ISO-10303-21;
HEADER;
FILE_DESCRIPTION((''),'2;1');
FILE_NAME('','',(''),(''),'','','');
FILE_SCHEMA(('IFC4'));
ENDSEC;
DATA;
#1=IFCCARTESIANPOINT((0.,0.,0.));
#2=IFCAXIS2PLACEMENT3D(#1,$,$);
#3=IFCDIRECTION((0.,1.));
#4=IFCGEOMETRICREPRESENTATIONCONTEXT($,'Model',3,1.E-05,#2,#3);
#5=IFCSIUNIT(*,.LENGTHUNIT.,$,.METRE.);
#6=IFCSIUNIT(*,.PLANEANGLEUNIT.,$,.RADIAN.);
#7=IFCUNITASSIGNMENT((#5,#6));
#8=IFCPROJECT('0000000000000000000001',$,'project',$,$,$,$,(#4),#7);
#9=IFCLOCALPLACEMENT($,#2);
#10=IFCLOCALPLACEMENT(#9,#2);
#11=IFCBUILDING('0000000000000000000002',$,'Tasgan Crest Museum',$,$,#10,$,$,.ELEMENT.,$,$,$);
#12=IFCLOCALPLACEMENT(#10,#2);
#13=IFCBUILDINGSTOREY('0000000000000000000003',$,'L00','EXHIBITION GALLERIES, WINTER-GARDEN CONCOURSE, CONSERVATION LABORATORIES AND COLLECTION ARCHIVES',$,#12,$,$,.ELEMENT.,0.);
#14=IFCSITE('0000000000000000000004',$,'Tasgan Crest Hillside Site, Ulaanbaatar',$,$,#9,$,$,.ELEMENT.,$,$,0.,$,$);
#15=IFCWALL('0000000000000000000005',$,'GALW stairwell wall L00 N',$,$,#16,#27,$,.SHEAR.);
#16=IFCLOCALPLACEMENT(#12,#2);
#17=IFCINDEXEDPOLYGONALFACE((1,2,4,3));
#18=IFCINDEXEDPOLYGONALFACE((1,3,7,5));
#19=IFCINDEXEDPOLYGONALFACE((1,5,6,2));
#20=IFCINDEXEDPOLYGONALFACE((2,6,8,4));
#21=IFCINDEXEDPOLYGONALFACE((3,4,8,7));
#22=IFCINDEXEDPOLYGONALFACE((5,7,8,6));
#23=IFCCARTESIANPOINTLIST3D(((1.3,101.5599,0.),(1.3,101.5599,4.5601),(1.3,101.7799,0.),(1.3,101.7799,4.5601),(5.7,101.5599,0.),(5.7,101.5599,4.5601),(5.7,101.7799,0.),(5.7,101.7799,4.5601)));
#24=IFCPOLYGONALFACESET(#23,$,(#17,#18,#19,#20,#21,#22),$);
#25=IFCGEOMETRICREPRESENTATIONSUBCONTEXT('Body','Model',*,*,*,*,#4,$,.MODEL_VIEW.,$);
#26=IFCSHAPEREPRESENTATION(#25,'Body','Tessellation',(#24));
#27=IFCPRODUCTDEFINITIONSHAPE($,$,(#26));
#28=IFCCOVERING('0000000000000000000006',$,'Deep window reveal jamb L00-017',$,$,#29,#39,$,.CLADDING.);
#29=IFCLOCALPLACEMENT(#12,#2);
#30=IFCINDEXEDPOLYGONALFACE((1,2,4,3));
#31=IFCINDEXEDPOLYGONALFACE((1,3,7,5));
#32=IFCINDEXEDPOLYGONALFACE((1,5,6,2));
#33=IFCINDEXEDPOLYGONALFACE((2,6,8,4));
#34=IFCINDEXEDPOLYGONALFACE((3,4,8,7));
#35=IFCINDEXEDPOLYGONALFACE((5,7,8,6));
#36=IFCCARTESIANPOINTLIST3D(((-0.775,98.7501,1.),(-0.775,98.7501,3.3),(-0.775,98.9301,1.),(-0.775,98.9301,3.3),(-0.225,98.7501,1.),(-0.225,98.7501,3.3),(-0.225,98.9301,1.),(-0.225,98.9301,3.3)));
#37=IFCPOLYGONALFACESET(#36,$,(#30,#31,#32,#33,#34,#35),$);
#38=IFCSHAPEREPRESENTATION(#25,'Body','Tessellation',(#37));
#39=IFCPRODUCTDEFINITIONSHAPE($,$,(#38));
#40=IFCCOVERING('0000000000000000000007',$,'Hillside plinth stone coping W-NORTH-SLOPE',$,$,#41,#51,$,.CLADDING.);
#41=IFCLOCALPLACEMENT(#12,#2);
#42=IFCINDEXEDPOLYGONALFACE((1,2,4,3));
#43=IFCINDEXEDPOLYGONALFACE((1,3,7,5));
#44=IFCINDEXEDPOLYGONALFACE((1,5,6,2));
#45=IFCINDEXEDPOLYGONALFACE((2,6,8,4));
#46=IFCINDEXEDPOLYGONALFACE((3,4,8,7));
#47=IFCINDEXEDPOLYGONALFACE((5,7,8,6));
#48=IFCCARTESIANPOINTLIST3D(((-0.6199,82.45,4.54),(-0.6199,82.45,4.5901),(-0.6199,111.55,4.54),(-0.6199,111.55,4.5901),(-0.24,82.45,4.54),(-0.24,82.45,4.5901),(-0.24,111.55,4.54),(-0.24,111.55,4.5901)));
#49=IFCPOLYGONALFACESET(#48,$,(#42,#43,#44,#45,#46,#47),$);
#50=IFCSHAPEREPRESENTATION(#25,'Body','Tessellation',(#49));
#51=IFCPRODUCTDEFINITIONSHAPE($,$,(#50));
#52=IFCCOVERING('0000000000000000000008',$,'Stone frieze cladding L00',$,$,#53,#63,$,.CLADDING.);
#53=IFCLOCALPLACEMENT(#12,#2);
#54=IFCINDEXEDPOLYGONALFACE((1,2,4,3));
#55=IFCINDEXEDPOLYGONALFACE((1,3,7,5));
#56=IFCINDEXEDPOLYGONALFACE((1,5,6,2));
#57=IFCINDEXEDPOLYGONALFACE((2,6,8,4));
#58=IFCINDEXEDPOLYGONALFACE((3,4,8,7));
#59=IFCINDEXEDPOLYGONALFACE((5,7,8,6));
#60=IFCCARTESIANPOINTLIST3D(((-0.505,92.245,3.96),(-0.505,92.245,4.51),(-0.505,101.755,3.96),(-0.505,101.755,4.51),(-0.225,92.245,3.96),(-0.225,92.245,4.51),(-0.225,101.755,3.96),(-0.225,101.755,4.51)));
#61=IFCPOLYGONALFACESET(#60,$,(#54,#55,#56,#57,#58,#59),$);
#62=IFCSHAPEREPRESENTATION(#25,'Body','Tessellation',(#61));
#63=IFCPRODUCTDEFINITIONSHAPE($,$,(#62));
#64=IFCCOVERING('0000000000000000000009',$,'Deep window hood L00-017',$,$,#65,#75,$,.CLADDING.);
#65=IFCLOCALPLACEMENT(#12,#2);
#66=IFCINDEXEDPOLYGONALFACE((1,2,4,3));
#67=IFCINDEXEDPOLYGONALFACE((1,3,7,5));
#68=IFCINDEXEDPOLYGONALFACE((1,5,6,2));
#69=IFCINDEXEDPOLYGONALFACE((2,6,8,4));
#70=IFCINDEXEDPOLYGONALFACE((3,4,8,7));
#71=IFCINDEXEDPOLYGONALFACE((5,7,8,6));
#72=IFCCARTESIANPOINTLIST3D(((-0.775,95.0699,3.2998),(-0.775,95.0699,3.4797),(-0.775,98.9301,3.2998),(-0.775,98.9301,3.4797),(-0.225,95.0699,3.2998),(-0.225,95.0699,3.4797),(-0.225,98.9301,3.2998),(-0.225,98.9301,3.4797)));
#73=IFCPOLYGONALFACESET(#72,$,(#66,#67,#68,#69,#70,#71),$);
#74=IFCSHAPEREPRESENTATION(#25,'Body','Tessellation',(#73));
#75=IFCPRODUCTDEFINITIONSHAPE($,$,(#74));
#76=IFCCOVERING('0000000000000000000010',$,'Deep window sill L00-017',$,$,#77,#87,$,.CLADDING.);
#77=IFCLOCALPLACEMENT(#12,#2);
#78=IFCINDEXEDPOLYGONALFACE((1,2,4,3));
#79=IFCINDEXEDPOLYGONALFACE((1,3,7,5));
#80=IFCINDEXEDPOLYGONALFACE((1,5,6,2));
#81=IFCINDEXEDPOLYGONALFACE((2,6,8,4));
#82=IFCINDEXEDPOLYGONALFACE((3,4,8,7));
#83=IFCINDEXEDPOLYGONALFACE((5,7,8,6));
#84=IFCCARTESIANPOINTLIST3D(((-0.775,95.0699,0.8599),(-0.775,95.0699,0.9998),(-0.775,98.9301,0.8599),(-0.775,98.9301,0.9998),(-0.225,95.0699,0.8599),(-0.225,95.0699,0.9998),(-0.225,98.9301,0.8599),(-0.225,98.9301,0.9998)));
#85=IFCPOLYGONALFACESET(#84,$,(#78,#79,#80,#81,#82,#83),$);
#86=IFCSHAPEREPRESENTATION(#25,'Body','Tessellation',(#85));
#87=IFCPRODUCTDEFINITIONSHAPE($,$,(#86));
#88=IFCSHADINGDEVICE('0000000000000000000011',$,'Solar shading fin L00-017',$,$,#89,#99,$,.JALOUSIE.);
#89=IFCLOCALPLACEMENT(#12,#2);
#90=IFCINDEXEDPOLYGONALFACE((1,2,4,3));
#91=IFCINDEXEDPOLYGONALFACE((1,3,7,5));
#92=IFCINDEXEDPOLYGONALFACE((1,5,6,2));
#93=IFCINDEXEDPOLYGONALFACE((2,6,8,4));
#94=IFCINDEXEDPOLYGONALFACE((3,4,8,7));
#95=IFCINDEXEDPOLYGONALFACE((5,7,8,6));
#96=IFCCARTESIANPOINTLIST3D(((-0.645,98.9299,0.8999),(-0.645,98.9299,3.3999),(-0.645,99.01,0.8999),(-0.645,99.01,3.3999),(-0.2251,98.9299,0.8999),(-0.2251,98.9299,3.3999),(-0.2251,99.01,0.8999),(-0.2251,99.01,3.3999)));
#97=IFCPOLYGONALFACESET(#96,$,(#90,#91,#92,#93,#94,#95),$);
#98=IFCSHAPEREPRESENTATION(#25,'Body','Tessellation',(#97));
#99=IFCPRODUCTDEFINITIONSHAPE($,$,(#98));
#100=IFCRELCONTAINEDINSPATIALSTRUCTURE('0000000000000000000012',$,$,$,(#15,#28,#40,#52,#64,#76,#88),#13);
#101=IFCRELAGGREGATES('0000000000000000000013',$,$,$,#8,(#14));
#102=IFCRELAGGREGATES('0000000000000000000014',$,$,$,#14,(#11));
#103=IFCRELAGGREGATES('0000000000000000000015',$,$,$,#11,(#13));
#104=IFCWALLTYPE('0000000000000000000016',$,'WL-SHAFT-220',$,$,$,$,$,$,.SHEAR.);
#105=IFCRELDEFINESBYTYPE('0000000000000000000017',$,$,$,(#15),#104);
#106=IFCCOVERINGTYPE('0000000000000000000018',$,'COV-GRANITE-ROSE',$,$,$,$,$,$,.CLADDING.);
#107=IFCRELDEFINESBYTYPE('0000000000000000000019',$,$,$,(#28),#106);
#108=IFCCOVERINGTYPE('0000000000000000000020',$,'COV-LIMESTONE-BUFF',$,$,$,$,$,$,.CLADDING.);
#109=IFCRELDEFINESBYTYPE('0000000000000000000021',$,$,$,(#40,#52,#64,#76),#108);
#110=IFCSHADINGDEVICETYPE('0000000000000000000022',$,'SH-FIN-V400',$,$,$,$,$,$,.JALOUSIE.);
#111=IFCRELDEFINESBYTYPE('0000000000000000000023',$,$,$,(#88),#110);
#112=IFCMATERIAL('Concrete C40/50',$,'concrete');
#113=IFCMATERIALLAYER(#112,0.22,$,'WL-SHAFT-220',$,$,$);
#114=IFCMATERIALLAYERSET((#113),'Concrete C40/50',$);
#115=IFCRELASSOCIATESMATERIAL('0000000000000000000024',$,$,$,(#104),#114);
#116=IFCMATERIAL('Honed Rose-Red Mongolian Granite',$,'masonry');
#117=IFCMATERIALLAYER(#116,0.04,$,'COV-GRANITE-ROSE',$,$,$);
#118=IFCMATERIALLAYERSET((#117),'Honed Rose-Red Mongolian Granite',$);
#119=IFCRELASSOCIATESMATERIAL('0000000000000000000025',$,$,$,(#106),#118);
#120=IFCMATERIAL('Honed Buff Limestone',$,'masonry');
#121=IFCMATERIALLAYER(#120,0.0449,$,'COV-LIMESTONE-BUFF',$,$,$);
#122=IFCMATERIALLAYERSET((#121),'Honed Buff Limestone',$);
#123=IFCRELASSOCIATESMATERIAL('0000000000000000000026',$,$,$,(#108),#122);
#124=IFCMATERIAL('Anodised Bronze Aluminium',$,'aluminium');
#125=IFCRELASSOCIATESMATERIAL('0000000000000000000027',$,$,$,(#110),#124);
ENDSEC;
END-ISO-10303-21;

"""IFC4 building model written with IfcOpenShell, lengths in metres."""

from ifc_helpers import new_model, si_unit, direction, frame, frame_2d, origin, origin_2d, place, context, subcontext, project, spatial, rectangle, extrude, material, layer, layer_set, type_object, element, save


model = new_model("IFC4")

# Units and contexts
model_context = context("Model", 3, precision=1e-05, world=origin(), true_north=direction((0.0, 1.0)))
body_context = subcontext(model_context, "Body", "Model", "MODEL_VIEW")
ifc_project = project(units=[si_unit("LENGTHUNIT", "METRE"), si_unit("PLANEANGLEUNIT", "RADIAN")], contexts=[model_context])

# Site, building, storey
site_placement = place(None, origin())
site = spatial("IfcSite", under=ifc_project, at=site_placement, Name="Tasgan Crest Hillside Site, Ulaanbaatar", CompositionType="ELEMENT", RefElevation=0.0)
building_placement = place(site_placement, origin())
building = spatial("IfcBuilding", under=site, at=building_placement, Name="Tasgan Crest Museum", CompositionType="ELEMENT")
storey_placement = place(building_placement, origin())
storey = spatial("IfcBuildingStorey", under=building, at=storey_placement, Name="L00", Description="EXHIBITION GALLERIES, WINTER-GARDEN CONCOURSE, CONSERVATION LABORATORIES AND COLLECTION ARCHIVES", CompositionType="ELEMENT", Elevation=0.0)

# Wall
ifc_material_1 = material(Name="Concrete C40/50", Category="concrete")
ifc_layer_1 = layer(ifc_material_1, 0.22, Name="WL-SHAFT-220")
ifc_layer_set_1 = layer_set([ifc_layer_1], Name="Concrete C40/50")
wall_type_1 = type_object("IfcWallType", Name="WL-SHAFT-220", PredefinedType="SHEAR", material=ifc_layer_set_1)
wall_1_placement = place(storey_placement, frame((1.3, 101.6699, 0.0), z_axis=(0.0, 0.0, 1.0), x_axis=(1.0, 0.0, 0.0)))
element("IfcWall", 1, at=wall_1_placement, inside=storey, type_object=wall_type_1, Name="GALW stairwell wall L00 N", PredefinedType="SHEAR", context=body_context, shape_type="SweptSolid", body=[
    extrude(rectangle(XDim=4.3999, YDim=0.22, at=frame_2d((2.2, 0.0))), origin(), (0.0, 0.0, 1.0), 4.5601),
])

# Coverings
ifc_material_2 = material(Name="Honed Rose-Red Mongolian Granite", Category="masonry")
ifc_layer_2 = layer(ifc_material_2, 0.04, Name="COV-GRANITE-ROSE")
ifc_layer_set_2 = layer_set([ifc_layer_2], Name="Honed Rose-Red Mongolian Granite")
covering_type_1 = type_object("IfcCoveringType", Name="COV-GRANITE-ROSE", PredefinedType="CLADDING", material=ifc_layer_set_2)
covering_1_placement = place(storey_placement, frame((-0.5, 98.8401, 1.0), z_axis=(0.0, 0.0, 1.0), x_axis=(0.0, -1.0, 0.0)))
element("IfcCovering", 2, at=covering_1_placement, inside=storey, type_object=covering_type_1, Name="Deep window reveal jamb L00-017", PredefinedType="CLADDING", context=body_context, shape_type="SweptSolid", body=[
    extrude(rectangle(XDim=0.1799, YDim=0.55, at=origin_2d()), origin(), (0.0, 0.0, 1.0), 2.3),
])
ifc_material_3 = material(Name="Honed Buff Limestone", Category="masonry")
ifc_layer_3 = layer(ifc_material_3, 0.0449, Name="COV-LIMESTONE-BUFF")
ifc_layer_set_3 = layer_set([ifc_layer_3], Name="Honed Buff Limestone")
covering_type_2 = type_object("IfcCoveringType", Name="COV-LIMESTONE-BUFF", PredefinedType="CLADDING", material=ifc_layer_set_3)
covering_2_placement = place(storey_placement, frame((-0.4299, 97.0, 4.54), z_axis=(0.0, 0.0, 1.0), x_axis=(0.0, 1.0, 0.0)))
element("IfcCovering", 3, at=covering_2_placement, inside=storey, type_object=covering_type_2, Name="Hillside plinth stone coping W-NORTH-SLOPE", PredefinedType="CLADDING", context=body_context, shape_type="SweptSolid", body=[
    extrude(rectangle(XDim=29.1001, YDim=0.3799, at=origin_2d()), origin(), (0.0, 0.0, 1.0), 0.05),
])
covering_3_placement = place(storey_placement, frame((-0.365, 97.0, 3.96), z_axis=(0.0, 0.0, 1.0), x_axis=(0.0, -1.0, 0.0)))
element("IfcCovering", 4, at=covering_3_placement, inside=storey, type_object=covering_type_2, Name="Stone frieze cladding L00", PredefinedType="CLADDING", context=body_context, shape_type="SweptSolid", body=[
    extrude(rectangle(XDim=9.51, YDim=0.28, at=origin_2d()), origin(), (0.0, 0.0, 1.0), 0.55),
])
covering_4_placement = place(storey_placement, frame((-0.5, 97.0, 3.2998), z_axis=(0.0, 0.0, 1.0), x_axis=(0.0, -1.0, 0.0)))
element("IfcCovering", 5, at=covering_4_placement, inside=storey, type_object=covering_type_2, Name="Deep window hood L00-017", PredefinedType="CLADDING", context=body_context, shape_type="SweptSolid", body=[
    extrude(rectangle(XDim=3.8601, YDim=0.55, at=origin_2d()), origin(), (0.0, 0.0, 1.0), 0.1799),
])
covering_5_placement = place(storey_placement, frame((-0.5, 97.0, 0.8599), z_axis=(0.0, 0.0, 1.0), x_axis=(0.0, -1.0, 0.0)))
element("IfcCovering", 6, at=covering_5_placement, inside=storey, type_object=covering_type_2, Name="Deep window sill L00-017", PredefinedType="CLADDING", context=body_context, shape_type="SweptSolid", body=[
    extrude(rectangle(XDim=3.8601, YDim=0.55, at=origin_2d()), origin(), (0.0, 0.0, 1.0), 0.1399),
])

# Shading device
ifc_material_4 = material(Name="Anodised Bronze Aluminium", Category="aluminium")
shading_device_type = type_object("IfcShadingDeviceType", Name="SH-FIN-V400", PredefinedType="JALOUSIE", material=ifc_material_4)
shading_device_placement = place(storey_placement, frame((-0.4351, 98.97, 0.8999), z_axis=(0.0, 0.0, 1.0), x_axis=(0.0, -1.0, 0.0)))
element("IfcShadingDevice", 7, at=shading_device_placement, inside=storey, type_object=shading_device_type, Name="Solar shading fin L00-017", PredefinedType="JALOUSIE", context=body_context, shape_type="SweptSolid", body=[
    extrude(rectangle(XDim=0.0801, YDim=0.4199, at=origin_2d()), origin(), (0.0, 0.0, 1.0), 2.5),
])

save(model, "model.ifc")
